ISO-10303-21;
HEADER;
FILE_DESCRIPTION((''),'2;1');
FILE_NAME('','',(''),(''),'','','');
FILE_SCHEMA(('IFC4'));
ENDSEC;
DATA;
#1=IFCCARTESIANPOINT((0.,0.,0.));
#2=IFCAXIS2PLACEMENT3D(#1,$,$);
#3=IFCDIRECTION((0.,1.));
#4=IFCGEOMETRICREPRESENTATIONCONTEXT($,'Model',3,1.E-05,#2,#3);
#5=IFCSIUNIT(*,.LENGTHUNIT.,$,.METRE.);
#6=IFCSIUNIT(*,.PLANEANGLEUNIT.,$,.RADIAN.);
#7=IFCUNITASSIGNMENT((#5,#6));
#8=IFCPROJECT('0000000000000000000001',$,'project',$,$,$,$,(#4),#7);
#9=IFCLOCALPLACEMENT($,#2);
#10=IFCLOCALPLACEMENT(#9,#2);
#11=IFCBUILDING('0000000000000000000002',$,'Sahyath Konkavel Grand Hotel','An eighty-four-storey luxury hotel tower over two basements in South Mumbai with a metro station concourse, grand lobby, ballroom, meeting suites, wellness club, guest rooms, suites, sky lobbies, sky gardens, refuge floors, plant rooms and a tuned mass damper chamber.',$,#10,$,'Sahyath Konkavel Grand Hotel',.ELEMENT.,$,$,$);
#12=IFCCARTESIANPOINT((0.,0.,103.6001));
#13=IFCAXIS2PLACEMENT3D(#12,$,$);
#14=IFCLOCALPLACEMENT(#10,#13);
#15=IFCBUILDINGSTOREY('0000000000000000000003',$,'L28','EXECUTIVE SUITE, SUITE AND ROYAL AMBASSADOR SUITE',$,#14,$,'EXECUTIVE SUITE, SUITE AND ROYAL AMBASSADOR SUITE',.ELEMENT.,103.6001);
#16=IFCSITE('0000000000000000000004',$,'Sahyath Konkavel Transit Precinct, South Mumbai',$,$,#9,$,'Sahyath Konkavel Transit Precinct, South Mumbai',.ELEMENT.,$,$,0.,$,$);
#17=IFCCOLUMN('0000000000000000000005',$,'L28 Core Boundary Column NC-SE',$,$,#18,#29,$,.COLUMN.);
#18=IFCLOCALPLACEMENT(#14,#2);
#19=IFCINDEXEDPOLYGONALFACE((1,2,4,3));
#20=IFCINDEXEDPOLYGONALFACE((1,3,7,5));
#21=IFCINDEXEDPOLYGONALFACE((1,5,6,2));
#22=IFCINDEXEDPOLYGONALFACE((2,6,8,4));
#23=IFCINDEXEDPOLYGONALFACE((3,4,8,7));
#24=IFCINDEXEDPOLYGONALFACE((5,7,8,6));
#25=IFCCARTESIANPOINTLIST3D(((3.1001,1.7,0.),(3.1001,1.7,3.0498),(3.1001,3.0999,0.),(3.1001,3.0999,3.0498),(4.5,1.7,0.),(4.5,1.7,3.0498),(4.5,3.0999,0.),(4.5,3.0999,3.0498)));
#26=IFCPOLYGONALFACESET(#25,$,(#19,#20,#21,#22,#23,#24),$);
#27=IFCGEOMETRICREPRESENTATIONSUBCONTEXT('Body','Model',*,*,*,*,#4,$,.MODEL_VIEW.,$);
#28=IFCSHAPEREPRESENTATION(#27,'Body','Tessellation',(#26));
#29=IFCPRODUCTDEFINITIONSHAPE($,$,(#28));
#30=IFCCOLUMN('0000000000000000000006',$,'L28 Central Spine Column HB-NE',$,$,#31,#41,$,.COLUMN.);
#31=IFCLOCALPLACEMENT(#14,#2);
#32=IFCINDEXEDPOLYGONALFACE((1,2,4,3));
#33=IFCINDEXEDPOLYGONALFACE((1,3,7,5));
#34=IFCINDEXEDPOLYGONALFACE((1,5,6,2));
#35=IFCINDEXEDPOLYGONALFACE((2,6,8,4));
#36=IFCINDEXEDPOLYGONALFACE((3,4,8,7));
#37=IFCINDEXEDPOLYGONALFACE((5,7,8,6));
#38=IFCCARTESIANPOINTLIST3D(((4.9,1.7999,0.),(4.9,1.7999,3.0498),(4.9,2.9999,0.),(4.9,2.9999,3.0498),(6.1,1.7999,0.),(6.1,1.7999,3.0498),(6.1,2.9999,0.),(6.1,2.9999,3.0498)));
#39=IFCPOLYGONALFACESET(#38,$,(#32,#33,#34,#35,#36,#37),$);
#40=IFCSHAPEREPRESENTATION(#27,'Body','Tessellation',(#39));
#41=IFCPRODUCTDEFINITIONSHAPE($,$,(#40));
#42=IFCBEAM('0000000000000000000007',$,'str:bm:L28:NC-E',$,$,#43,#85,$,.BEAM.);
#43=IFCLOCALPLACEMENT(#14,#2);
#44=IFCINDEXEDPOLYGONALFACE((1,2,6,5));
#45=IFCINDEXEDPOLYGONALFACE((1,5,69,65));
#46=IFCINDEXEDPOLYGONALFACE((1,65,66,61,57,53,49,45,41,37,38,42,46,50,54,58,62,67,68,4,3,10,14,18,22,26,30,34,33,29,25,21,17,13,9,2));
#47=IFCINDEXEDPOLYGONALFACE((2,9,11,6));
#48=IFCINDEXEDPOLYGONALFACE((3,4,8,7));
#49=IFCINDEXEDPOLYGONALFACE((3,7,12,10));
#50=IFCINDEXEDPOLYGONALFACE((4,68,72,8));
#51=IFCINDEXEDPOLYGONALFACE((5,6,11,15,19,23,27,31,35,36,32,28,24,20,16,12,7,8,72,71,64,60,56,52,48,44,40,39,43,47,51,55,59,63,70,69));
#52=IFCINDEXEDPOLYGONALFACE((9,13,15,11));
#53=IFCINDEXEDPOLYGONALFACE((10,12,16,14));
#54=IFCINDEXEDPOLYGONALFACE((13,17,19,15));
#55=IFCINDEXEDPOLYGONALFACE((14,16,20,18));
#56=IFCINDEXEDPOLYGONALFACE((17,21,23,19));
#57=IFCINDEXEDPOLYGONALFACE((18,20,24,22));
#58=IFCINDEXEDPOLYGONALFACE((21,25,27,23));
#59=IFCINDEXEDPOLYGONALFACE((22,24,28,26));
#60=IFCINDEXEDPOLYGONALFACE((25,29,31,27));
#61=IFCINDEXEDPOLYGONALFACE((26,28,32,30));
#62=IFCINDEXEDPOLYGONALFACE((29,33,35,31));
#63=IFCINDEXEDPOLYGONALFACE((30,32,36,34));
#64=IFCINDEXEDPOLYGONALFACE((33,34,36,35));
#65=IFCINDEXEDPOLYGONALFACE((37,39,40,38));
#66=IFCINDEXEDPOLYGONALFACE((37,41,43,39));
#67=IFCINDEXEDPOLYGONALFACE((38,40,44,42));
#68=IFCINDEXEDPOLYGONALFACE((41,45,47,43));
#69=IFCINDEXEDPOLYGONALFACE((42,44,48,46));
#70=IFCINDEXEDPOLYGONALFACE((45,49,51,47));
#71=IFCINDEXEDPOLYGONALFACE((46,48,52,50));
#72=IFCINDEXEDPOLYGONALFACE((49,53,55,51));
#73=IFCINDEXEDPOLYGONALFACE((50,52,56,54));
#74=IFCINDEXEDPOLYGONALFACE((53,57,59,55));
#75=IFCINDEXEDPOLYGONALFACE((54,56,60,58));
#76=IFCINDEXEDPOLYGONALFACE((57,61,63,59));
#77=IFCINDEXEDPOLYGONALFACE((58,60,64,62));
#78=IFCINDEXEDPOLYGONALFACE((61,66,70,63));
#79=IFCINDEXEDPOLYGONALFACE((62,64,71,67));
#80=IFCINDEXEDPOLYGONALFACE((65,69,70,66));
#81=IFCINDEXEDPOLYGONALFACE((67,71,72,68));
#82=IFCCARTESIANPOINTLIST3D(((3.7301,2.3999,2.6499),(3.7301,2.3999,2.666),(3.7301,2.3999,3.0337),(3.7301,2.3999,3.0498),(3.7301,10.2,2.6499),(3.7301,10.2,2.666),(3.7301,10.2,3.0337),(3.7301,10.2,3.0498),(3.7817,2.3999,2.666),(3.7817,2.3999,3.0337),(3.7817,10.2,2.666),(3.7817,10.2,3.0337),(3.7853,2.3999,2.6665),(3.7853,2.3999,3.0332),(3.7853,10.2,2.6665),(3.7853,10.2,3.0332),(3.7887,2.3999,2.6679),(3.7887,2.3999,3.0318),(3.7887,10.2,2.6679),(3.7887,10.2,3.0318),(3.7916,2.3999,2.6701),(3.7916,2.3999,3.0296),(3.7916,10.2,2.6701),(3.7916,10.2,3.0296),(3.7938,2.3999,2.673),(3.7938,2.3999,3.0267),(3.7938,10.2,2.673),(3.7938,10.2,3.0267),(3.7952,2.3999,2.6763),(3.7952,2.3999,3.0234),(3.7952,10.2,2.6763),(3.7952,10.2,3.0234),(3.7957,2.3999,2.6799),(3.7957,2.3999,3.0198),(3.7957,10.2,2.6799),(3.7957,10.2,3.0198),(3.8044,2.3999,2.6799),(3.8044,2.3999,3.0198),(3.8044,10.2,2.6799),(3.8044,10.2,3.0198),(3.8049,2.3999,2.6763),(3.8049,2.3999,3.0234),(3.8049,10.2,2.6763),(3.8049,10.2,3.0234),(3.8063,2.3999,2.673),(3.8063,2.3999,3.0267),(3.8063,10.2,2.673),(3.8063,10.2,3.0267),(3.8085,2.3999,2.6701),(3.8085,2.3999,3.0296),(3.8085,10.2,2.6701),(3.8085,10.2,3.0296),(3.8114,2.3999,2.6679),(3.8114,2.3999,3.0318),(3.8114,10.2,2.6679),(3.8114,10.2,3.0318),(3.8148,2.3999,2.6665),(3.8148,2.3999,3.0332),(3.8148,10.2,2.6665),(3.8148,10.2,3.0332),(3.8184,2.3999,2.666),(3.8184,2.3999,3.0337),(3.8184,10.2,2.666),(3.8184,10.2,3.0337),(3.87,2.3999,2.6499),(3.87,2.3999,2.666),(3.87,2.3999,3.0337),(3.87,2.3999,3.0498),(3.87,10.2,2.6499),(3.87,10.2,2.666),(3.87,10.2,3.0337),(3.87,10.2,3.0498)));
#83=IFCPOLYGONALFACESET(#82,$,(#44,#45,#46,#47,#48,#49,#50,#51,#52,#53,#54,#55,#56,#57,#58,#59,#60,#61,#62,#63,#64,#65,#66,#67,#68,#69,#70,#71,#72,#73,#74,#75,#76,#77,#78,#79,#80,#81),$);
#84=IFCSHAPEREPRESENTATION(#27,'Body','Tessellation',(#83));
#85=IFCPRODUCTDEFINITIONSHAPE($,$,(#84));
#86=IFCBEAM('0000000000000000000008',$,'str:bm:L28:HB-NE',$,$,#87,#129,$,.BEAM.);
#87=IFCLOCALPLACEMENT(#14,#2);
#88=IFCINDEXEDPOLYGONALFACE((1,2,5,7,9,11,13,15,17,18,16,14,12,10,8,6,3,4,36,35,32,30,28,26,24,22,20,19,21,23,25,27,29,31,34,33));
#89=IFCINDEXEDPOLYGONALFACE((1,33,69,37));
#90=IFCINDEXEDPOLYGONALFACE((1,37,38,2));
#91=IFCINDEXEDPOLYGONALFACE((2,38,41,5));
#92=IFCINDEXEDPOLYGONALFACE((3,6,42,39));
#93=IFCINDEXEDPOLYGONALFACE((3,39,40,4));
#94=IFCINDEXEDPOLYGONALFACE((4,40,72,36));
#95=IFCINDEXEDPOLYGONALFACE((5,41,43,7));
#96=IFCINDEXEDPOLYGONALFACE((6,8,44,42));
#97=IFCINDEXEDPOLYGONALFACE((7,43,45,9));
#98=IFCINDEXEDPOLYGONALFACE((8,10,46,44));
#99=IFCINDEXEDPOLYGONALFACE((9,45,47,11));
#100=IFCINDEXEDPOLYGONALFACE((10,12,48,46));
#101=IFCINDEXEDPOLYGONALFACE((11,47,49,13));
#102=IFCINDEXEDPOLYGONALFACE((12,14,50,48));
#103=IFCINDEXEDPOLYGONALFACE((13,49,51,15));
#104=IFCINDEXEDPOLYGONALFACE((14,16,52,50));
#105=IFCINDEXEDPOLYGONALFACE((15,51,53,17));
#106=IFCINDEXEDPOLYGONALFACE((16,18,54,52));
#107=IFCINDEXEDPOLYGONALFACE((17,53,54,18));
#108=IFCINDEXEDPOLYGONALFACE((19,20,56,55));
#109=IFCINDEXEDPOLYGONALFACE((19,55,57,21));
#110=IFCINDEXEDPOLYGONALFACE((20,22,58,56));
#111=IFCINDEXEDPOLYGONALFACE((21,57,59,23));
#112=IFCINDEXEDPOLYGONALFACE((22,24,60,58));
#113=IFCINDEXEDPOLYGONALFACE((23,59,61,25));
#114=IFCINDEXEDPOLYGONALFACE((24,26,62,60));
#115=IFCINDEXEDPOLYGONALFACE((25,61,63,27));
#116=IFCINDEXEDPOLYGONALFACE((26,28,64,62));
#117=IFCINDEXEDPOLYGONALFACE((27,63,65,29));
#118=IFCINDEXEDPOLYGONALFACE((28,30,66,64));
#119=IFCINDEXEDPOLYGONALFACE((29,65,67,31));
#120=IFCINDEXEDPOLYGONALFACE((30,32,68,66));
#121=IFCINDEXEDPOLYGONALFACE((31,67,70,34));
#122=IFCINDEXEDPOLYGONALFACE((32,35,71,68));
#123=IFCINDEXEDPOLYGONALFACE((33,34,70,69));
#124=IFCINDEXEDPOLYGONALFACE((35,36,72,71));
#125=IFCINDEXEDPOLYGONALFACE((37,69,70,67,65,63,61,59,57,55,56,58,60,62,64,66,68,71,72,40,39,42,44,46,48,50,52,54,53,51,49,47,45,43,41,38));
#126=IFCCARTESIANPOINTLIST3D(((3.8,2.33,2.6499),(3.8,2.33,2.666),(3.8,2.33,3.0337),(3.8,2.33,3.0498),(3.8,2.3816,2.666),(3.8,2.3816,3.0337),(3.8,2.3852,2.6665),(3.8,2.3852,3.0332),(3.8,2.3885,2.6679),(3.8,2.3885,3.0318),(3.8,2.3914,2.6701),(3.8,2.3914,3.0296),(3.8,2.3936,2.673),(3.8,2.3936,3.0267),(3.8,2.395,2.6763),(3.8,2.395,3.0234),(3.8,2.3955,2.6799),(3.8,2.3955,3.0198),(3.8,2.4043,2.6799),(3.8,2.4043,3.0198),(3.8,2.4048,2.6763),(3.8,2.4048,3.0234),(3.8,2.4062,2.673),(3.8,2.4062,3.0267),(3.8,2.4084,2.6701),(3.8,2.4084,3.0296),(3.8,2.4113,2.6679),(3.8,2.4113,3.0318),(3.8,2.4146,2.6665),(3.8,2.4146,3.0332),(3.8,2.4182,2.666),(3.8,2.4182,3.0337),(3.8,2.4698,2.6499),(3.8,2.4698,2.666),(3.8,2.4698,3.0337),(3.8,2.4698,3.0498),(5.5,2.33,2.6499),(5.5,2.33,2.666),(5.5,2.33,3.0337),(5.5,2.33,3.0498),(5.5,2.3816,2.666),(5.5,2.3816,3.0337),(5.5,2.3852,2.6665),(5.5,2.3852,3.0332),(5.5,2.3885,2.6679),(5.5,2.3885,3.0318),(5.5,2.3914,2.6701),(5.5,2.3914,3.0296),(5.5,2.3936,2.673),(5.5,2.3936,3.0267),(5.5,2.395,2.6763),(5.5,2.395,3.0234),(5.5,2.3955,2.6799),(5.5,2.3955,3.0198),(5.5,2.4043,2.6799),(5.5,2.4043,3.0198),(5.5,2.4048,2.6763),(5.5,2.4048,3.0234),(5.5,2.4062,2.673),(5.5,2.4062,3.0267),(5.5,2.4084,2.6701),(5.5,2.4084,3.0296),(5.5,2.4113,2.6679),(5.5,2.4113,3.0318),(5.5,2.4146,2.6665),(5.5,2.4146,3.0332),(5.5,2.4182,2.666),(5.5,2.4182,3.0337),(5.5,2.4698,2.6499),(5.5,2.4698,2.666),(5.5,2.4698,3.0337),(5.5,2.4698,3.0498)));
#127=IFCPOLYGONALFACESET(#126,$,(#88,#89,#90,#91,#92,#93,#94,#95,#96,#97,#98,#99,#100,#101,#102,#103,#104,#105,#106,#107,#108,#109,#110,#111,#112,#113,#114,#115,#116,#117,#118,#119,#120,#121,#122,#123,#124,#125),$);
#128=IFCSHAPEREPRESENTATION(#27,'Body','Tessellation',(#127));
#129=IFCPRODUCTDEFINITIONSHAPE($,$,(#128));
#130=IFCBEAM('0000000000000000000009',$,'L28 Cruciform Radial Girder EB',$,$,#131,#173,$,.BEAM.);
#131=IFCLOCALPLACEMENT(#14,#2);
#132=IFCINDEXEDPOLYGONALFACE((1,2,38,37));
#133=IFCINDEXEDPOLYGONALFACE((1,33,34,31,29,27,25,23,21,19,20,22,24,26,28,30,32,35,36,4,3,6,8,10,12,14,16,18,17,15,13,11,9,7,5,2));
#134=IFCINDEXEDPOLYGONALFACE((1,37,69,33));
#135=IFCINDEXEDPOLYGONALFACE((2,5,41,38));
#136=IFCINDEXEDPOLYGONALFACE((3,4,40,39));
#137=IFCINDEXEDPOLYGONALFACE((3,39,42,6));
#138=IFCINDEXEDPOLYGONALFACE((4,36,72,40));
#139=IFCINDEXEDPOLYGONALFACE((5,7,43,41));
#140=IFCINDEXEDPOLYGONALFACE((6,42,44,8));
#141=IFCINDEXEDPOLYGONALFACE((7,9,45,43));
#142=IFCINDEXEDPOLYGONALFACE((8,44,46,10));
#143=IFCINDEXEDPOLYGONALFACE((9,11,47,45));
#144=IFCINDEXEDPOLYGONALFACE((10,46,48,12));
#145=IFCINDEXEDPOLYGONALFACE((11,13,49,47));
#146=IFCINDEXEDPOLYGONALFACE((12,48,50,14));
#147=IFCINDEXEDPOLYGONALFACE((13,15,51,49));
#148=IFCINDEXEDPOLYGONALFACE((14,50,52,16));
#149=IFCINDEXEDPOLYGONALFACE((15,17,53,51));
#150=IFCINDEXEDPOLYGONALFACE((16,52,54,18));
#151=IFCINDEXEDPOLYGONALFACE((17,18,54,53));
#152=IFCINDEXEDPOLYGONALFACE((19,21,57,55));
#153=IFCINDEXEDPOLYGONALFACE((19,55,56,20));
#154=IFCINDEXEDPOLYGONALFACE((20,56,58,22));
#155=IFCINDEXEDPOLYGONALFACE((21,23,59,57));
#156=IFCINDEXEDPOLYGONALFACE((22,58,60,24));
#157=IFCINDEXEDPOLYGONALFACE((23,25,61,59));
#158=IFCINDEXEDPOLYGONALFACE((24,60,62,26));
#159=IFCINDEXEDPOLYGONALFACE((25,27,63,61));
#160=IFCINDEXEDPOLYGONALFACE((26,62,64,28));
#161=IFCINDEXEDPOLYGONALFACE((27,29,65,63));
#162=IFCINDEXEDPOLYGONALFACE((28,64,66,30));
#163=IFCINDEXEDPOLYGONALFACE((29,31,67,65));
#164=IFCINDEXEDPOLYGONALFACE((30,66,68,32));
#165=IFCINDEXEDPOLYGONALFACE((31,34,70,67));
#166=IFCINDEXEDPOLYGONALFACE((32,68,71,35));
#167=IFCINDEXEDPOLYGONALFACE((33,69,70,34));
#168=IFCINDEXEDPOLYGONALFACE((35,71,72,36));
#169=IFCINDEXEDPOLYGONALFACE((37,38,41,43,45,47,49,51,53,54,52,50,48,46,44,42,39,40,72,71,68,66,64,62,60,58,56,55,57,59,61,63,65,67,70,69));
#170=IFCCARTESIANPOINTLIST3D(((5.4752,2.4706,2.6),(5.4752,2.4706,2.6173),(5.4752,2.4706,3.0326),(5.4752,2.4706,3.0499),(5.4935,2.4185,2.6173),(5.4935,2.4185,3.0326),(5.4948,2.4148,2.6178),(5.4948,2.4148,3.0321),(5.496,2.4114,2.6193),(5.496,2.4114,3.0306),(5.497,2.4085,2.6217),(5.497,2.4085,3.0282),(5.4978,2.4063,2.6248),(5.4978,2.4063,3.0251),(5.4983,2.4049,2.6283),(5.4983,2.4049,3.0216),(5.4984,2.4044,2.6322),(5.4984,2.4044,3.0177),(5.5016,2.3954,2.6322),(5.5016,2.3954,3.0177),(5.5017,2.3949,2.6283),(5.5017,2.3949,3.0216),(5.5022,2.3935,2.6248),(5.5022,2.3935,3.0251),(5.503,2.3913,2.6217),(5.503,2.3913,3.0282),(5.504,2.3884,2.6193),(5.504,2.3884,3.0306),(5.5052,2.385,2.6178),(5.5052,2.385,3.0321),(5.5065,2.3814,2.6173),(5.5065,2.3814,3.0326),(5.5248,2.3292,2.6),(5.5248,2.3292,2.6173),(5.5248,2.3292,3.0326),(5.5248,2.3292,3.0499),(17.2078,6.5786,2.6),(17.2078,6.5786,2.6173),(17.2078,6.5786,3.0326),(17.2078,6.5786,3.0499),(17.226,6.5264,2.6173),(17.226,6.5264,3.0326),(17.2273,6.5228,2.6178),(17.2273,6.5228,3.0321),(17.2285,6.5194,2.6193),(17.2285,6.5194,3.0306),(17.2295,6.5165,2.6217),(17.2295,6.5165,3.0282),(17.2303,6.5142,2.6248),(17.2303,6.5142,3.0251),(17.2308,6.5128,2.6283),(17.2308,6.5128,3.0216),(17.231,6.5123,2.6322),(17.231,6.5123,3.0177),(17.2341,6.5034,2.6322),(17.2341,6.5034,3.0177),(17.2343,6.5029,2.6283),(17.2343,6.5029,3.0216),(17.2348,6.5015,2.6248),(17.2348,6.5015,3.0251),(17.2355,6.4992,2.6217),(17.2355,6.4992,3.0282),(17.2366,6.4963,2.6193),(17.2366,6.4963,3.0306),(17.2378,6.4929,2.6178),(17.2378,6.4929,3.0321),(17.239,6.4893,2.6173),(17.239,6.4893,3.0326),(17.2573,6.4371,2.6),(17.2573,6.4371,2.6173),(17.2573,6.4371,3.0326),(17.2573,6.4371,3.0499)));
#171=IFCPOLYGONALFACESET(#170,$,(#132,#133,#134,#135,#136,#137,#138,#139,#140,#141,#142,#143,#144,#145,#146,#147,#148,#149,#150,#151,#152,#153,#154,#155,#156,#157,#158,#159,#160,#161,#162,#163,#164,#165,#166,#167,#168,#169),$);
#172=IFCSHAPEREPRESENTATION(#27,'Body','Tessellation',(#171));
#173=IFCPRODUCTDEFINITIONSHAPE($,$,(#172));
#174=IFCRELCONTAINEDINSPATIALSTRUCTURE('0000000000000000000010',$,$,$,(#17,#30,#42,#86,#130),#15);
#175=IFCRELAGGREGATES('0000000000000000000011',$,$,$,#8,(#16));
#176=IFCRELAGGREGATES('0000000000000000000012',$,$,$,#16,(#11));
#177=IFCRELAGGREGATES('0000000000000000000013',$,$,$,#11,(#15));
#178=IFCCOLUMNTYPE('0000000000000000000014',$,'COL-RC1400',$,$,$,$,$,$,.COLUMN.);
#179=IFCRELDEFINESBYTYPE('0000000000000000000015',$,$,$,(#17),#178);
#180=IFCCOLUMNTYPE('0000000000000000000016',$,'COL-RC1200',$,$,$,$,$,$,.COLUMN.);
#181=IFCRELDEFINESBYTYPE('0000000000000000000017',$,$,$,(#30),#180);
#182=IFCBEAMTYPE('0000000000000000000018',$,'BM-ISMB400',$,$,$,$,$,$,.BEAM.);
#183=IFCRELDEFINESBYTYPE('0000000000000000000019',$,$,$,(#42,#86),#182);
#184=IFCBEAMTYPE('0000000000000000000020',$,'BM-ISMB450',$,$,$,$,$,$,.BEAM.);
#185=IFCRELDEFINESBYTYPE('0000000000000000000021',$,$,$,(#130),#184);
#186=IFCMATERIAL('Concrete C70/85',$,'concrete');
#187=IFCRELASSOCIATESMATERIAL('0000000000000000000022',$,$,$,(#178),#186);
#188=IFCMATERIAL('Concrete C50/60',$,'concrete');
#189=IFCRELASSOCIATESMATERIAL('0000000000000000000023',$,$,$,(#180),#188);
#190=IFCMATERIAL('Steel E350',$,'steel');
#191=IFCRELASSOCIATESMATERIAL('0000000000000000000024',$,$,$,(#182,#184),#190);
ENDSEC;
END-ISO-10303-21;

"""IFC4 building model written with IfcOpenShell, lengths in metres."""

from ifc_helpers import new_model, si_unit, direction, frame, origin, origin_2d, place, context, subcontext, project, spatial, rectangle, i_section, extrude, source, transform, mapped, material, material_profile, profile_set, type_object, element, save


model = new_model("IFC4")

# Units and contexts
model_context = context("Model", 3, precision=1e-05, world=origin(), true_north=direction((0.0, 1.0)))
body_context = subcontext(model_context, "Body", "Model", "MODEL_VIEW")
ifc_project = project(units=[si_unit("LENGTHUNIT", "METRE"), si_unit("PLANEANGLEUNIT", "RADIAN")], contexts=[model_context])

# Site, building, storey
site_placement = place(None, origin())
site = spatial("IfcSite", under=ifc_project, at=site_placement, Name="Sahyath Konkavel Transit Precinct, South Mumbai", LongName="Sahyath Konkavel Transit Precinct, South Mumbai", CompositionType="ELEMENT", RefElevation=0.0)
building_placement = place(site_placement, origin())
building = spatial("IfcBuilding", under=site, at=building_placement, Name="Sahyath Konkavel Grand Hotel", Description="An eighty-four-storey luxury hotel tower over two basements in South Mumbai with a metro station concourse, grand lobby, ballroom, meeting suites, wellness club, guest rooms, suites, sky lobbies, sky gardens, refuge floors, plant rooms and a tuned mass damper chamber.", LongName="Sahyath Konkavel Grand Hotel", CompositionType="ELEMENT")
storey_placement = place(building_placement, frame((0.0, 0.0, 103.6001)))
storey = spatial("IfcBuildingStorey", under=building, at=storey_placement, Name="L28", Description="EXECUTIVE SUITE, SUITE AND ROYAL AMBASSADOR SUITE", LongName="EXECUTIVE SUITE, SUITE AND ROYAL AMBASSADOR SUITE", CompositionType="ELEMENT", Elevation=103.6001)

# Columns
ifc_material_1 = material(Name="Concrete C70/85", Category="concrete")
ifc_material_profile_1 = material_profile(ifc_material_1, rectangle(XDim=1.3999, YDim=1.3999, at=origin_2d()), Name="RC 1400x1400")
ifc_profile_set_1 = profile_set([ifc_material_profile_1], Name="Concrete C70/85")
column_type_1 = type_object("IfcColumnType", Name="COL-RC1400", PredefinedType="COLUMN", material=ifc_profile_set_1)
shared_shape_1 = source(origin(), body_context, "Body", "SweptSolid", [
    extrude(rectangle(XDim=1.3999, YDim=1.3999, at=origin_2d()), origin(), (0.0, 0.0, 1.0), 3.0498),
])
column_1_placement = place(storey_placement, frame((3.8, 2.3999, 0.0), z_axis=(0.0, 0.0, 1.0), x_axis=(1.0, 0.0, 0.0)))
element("IfcColumn", 1, at=column_1_placement, inside=storey, type_object=column_type_1, Name="L28 Core Boundary Column NC-SE", PredefinedType="COLUMN", context=body_context, shape_type="MappedRepresentation", body=[
    mapped(shared_shape_1, transform((0.0, 0.0, 0.0), scale=1.0)),
])
ifc_material_2 = material(Name="Concrete C50/60", Category="concrete")
ifc_material_profile_2 = material_profile(ifc_material_2, rectangle(XDim=1.2, YDim=1.2, at=origin_2d()), Name="RC 1200x1200")
ifc_profile_set_2 = profile_set([ifc_material_profile_2], Name="Concrete C50/60")
column_type_2 = type_object("IfcColumnType", Name="COL-RC1200", PredefinedType="COLUMN", material=ifc_profile_set_2)
shared_shape_2 = source(origin(), body_context, "Body", "SweptSolid", [
    extrude(rectangle(XDim=1.2, YDim=1.2, at=origin_2d()), origin(), (0.0, 0.0, 1.0), 3.0498),
])
column_2_placement = place(storey_placement, frame((5.5, 2.3999, 0.0), z_axis=(0.0, 0.0, 1.0), x_axis=(1.0, 0.0, 0.0)))
element("IfcColumn", 2, at=column_2_placement, inside=storey, type_object=column_type_2, Name="L28 Central Spine Column HB-NE", PredefinedType="COLUMN", context=body_context, shape_type="MappedRepresentation", body=[
    mapped(shared_shape_2, transform((0.0, 0.0, 0.0), scale=1.0)),
])

# Beams
ifc_material_3 = material(Name="Steel E350", Category="steel")
ifc_material_profile_3 = material_profile(ifc_material_3, i_section(OverallWidth=0.1399, OverallDepth=0.3999, WebThickness=0.0088, FlangeThickness=0.0161, FilletRadius=0.0139, at=origin_2d()), Name="ISMB 400")
ifc_profile_set_3 = profile_set([ifc_material_profile_3], Name="Steel E350")
beam_type_1 = type_object("IfcBeamType", Name="BM-ISMB400", PredefinedType="BEAM", material=ifc_profile_set_3)
shared_shape_3 = source(origin(), body_context, "Body", "SweptSolid", [
    extrude(i_section(OverallWidth=0.1399, OverallDepth=0.3999, WebThickness=0.0088, FlangeThickness=0.0161, FilletRadius=0.0139, at=origin_2d()), origin(), (0.0, 0.0, 1.0), 7.8),
])
beam_1_placement = place(storey_placement, frame((3.8, 2.3999, 2.8499), z_axis=(0.0, 1.0, 0.0), x_axis=(-1.0, 0.0, 0.0)))
element("IfcBeam", 3, at=beam_1_placement, inside=storey, type_object=beam_type_1, Name="str:bm:L28:NC-E", PredefinedType="BEAM", context=body_context, shape_type="MappedRepresentation", body=[
    mapped(shared_shape_3, transform((0.0, 0.0, 0.0), scale=1.0)),
])
shared_shape_4 = source(origin(), body_context, "Body", "SweptSolid", [
    extrude(i_section(OverallWidth=0.1399, OverallDepth=0.3999, WebThickness=0.0088, FlangeThickness=0.0161, FilletRadius=0.0139, at=origin_2d()), origin(), (0.0, 0.0, 1.0), 1.7),
])
beam_2_placement = place(storey_placement, frame((3.8, 2.3999, 2.8499), z_axis=(1.0, 0.0, 0.0), x_axis=(0.0, 1.0, 0.0)))
element("IfcBeam", 4, at=beam_2_placement, inside=storey, type_object=beam_type_1, Name="str:bm:L28:HB-NE", PredefinedType="BEAM", context=body_context, shape_type="MappedRepresentation", body=[
    mapped(shared_shape_4, transform((0.0, 0.0, 0.0), scale=1.0)),
])
ifc_material_profile_4 = material_profile(ifc_material_3, i_section(OverallWidth=0.1499, OverallDepth=0.45, WebThickness=0.0095, FlangeThickness=0.0173, FilletRadius=0.0149, at=origin_2d()), Name="ISMB 450")
ifc_profile_set_4 = profile_set([ifc_material_profile_4], Name="Steel E350")
beam_type_2 = type_object("IfcBeamType", Name="BM-ISMB450", PredefinedType="BEAM", material=ifc_profile_set_4)
shared_shape_5 = source(origin(), body_context, "Body", "SweptSolid", [
    extrude(i_section(OverallWidth=0.1499, OverallDepth=0.45, WebThickness=0.0095, FlangeThickness=0.0173, FilletRadius=0.0149, at=origin_2d()), origin(), (0.0, 0.0, 1.0), 12.4309),
])
beam_3_placement = place(storey_placement, frame((5.5, 2.3999, 2.825), z_axis=(0.943819, 0.330462, 0.0), x_axis=(-0.330462, 0.943819, 0.0)))
element("IfcBeam", 5, at=beam_3_placement, inside=storey, type_object=beam_type_2, Name="L28 Cruciform Radial Girder EB", PredefinedType="BEAM", context=body_context, shape_type="MappedRepresentation", body=[
    mapped(shared_shape_5, transform((0.0, 0.0, 0.0), scale=1.0)),
])

save(model, "model.ifc")
